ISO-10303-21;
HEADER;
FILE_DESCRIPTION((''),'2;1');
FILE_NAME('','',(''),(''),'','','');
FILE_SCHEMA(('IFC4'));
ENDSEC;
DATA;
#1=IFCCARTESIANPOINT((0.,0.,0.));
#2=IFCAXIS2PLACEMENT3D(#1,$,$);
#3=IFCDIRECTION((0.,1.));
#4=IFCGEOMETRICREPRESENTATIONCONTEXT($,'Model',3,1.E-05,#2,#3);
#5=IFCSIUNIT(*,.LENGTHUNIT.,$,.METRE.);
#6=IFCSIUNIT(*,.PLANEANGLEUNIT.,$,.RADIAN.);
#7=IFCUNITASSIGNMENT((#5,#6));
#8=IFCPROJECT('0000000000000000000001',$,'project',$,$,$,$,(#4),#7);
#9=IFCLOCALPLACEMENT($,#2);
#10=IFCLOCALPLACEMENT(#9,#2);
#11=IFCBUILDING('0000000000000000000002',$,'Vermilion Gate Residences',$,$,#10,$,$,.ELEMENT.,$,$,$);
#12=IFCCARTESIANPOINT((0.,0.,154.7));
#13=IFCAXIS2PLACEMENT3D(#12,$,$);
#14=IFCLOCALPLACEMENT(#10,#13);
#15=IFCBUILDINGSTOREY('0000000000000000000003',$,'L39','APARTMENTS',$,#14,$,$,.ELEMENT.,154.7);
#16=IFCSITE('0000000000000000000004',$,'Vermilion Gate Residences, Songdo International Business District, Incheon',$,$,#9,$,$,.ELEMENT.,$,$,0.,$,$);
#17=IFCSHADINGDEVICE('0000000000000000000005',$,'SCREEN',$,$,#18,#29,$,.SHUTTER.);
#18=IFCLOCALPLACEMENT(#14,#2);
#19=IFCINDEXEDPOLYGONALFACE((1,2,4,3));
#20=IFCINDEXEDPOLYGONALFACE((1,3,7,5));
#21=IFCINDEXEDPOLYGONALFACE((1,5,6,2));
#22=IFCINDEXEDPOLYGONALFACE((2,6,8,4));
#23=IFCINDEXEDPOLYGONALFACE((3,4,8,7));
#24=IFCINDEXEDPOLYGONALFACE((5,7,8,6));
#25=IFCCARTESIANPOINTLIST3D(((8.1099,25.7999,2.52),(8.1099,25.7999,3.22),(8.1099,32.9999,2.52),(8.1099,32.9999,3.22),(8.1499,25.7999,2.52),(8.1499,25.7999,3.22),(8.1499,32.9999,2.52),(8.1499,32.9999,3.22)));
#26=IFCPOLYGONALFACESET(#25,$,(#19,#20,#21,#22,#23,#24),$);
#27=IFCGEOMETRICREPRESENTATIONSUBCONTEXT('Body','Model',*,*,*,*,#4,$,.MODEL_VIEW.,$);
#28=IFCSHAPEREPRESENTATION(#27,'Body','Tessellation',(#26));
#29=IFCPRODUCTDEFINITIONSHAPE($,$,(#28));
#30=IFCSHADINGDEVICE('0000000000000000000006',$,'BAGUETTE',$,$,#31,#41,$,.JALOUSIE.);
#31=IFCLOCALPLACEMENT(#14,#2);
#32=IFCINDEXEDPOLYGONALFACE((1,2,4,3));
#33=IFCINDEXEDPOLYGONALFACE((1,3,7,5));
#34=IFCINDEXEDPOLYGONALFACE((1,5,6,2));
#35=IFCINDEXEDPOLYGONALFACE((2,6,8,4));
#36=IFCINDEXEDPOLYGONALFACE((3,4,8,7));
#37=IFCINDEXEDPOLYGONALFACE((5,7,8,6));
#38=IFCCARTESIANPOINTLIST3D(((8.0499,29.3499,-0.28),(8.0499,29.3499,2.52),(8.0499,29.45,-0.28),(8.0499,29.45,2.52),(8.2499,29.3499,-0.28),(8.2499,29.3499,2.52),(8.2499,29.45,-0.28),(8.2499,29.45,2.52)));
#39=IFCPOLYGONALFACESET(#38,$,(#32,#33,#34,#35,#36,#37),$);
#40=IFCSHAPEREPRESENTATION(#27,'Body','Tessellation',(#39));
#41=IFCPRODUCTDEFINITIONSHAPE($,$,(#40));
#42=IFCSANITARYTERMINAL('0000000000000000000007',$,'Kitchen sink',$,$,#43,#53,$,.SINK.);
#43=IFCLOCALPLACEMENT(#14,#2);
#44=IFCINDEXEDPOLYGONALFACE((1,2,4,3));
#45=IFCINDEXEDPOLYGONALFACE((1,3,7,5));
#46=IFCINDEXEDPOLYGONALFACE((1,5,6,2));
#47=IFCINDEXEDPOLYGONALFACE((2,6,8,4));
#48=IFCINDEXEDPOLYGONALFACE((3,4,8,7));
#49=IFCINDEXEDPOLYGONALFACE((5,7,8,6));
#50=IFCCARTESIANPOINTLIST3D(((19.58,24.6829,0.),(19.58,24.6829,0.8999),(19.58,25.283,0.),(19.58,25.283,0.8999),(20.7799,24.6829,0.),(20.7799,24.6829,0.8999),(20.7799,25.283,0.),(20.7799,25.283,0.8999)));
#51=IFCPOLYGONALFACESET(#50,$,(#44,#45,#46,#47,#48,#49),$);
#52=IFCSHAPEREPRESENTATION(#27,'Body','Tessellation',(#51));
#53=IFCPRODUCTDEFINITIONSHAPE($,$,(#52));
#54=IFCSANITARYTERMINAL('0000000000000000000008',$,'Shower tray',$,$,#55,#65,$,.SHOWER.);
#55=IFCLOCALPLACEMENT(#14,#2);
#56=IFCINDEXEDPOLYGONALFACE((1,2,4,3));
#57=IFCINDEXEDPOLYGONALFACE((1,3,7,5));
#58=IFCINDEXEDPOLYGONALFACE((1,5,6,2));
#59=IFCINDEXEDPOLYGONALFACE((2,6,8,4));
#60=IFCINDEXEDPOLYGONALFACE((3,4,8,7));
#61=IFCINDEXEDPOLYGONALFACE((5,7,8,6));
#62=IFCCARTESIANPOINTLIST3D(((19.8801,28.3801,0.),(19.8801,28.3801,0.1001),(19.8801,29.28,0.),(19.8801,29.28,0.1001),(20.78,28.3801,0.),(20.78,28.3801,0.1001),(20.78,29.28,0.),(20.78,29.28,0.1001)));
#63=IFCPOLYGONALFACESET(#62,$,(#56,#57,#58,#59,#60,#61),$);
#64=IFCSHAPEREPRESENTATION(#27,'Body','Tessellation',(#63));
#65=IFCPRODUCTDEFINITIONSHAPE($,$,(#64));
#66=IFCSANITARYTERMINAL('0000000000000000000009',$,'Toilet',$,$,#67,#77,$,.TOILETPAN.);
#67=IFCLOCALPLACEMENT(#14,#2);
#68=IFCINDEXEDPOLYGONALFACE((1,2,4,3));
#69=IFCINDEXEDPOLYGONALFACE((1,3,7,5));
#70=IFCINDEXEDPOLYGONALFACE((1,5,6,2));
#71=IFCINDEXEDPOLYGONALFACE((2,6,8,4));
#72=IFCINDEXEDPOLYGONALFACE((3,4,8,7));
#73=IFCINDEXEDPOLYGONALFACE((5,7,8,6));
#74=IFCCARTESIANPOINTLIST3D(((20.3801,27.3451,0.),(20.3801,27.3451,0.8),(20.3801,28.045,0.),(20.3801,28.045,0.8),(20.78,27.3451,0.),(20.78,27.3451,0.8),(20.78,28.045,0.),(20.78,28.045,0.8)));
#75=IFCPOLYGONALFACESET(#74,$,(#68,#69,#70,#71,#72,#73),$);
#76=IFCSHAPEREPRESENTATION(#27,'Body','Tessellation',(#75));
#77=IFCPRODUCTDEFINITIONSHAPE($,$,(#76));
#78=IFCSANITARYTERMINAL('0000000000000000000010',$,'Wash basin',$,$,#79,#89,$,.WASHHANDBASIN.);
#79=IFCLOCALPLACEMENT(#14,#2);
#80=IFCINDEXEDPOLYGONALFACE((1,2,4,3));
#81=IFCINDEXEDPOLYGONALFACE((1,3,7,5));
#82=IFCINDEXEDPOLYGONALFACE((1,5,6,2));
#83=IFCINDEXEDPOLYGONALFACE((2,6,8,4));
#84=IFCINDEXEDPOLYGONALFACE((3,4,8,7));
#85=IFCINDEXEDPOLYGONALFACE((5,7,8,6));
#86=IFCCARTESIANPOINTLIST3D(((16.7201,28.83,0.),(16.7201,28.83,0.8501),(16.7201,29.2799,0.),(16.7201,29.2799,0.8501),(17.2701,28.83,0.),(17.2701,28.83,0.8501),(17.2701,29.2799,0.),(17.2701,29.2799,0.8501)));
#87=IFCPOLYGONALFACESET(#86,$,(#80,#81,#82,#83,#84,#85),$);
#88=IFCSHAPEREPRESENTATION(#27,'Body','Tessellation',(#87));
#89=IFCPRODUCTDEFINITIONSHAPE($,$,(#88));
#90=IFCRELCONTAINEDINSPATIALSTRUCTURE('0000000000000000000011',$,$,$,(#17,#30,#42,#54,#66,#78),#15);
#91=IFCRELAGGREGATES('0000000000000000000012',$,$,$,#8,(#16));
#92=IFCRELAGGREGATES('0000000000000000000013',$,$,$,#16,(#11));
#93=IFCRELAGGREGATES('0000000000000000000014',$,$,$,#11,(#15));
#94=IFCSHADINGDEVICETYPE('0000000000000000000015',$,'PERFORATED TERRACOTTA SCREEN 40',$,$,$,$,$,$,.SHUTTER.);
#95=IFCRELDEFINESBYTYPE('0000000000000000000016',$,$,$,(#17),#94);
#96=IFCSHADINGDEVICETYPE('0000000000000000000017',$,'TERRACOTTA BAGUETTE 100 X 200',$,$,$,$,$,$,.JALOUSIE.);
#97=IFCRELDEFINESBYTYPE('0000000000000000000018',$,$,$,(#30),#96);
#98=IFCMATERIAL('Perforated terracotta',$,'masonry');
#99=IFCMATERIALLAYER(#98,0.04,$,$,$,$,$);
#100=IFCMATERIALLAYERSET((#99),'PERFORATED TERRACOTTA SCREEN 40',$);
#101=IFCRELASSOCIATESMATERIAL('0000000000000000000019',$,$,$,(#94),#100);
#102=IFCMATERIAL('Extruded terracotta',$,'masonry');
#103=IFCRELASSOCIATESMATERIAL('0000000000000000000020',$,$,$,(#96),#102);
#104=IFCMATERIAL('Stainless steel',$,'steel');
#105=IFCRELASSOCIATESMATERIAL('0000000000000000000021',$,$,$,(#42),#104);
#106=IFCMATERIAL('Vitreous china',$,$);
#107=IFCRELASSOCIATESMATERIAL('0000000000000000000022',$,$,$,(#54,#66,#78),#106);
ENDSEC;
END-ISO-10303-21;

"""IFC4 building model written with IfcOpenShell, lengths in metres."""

from ifc_helpers import new_model, si_unit, direction, frame, origin, origin_2d, place, context, subcontext, project, spatial, rectangle, extrude, material, layer, layer_set, material_profile, profile_set, type_object, element, save


model = new_model("IFC4")

# Units and contexts
model_context = context("Model", 3, precision=1e-05, world=origin(), true_north=direction((0.0, 1.0)))
body_context = subcontext(model_context, "Body", "Model", "MODEL_VIEW")
ifc_project = project(units=[si_unit("LENGTHUNIT", "METRE"), si_unit("PLANEANGLEUNIT", "RADIAN")], contexts=[model_context])

# Site, building, storey
site_placement = place(None, origin())
site = spatial("IfcSite", under=ifc_project, at=site_placement, Name="Vermilion Gate Residences, Songdo International Business District, Incheon", CompositionType="ELEMENT", RefElevation=0.0)
building_placement = place(site_placement, origin())
building = spatial("IfcBuilding", under=site, at=building_placement, Name="Vermilion Gate Residences", CompositionType="ELEMENT")
storey_placement = place(building_placement, frame((0.0, 0.0, 154.7)))
storey = spatial("IfcBuildingStorey", under=building, at=storey_placement, Name="L39", Description="APARTMENTS", CompositionType="ELEMENT", Elevation=154.7)

# Shading devices
ifc_material_1 = material(Name="Perforated terracotta", Category="masonry")
ifc_layer_1 = layer(ifc_material_1, 0.04)
ifc_layer_set_1 = layer_set([ifc_layer_1], Name="PERFORATED TERRACOTTA SCREEN 40")
shading_device_type_1 = type_object("IfcShadingDeviceType", Name="PERFORATED TERRACOTTA SCREEN 40", PredefinedType="SHUTTER", material=ifc_layer_set_1)
shading_device_1_placement = place(storey_placement, frame((8.1299, 29.3999, 2.52), z_axis=(0.0, 0.0, 1.0), x_axis=(0.0, -1.0, 0.0)))
element("IfcShadingDevice", 1, at=shading_device_1_placement, inside=storey, type_object=shading_device_type_1, Name="SCREEN", PredefinedType="SHUTTER", context=body_context, shape_type="SweptSolid", body=[
    extrude(rectangle(XDim=7.2, YDim=0.04, at=origin_2d()), origin(), (0.0, 0.0, 1.0), 0.7),
])
ifc_material_2 = material(Name="Extruded terracotta", Category="masonry")
ifc_material_profile_1 = material_profile(ifc_material_2, rectangle(XDim=0.2, YDim=0.1001, at=origin_2d()), Name="BAGUETTE 100 X 200")
ifc_profile_set_1 = profile_set([ifc_material_profile_1], Name="Extruded terracotta")
shading_device_type_2 = type_object("IfcShadingDeviceType", Name="TERRACOTTA BAGUETTE 100 X 200", PredefinedType="JALOUSIE", material=ifc_profile_set_1)
shading_device_2_placement = place(storey_placement, frame((8.1499, 29.3999, -0.28), z_axis=(0.0, 0.0, 1.0), x_axis=(1.0, 0.0, 0.0)))
element("IfcShadingDevice", 2, at=shading_device_2_placement, inside=storey, type_object=shading_device_type_2, Name="BAGUETTE", PredefinedType="JALOUSIE", context=body_context, shape_type="SweptSolid", body=[
    extrude(rectangle(XDim=0.2, YDim=0.1001, at=origin_2d()), origin(), (0.0, 0.0, 1.0), 2.8),
])

# Sanitary terminals
ifc_material_3 = material(Name="Stainless steel", Category="steel")
sanitary_terminal_1_placement = place(storey_placement, frame((20.1799, 24.9829, 0.0), z_axis=(0.0, 0.0, 1.0), x_axis=(1.0, 0.0, 0.0)))
element("IfcSanitaryTerminal", 3, at=sanitary_terminal_1_placement, inside=storey, material=ifc_material_3, Name="Kitchen sink", PredefinedType="SINK", context=body_context, shape_type="SweptSolid", body=[
    extrude(rectangle(XDim=1.2, YDim=0.6001, at=origin_2d()), origin(), (0.0, 0.0, 1.0), 0.8999),
])
ifc_material_4 = material(Name="Vitreous china")
sanitary_terminal_2_placement = place(storey_placement, frame((20.3301, 28.8301, 0.0), z_axis=(0.0, 0.0, 1.0), x_axis=(1.0, 0.0, 0.0)))
element("IfcSanitaryTerminal", 4, at=sanitary_terminal_2_placement, inside=storey, material=ifc_material_4, Name="Shower tray", PredefinedType="SHOWER", context=body_context, shape_type="SweptSolid", body=[
    extrude(rectangle(XDim=0.8999, YDim=0.8999, at=origin_2d()), origin(), (0.0, 0.0, 1.0), 0.1001),
])
sanitary_terminal_3_placement = place(storey_placement, frame((20.5801, 27.6951, 0.0), z_axis=(0.0, 0.0, 1.0), x_axis=(1.0, 0.0, 0.0)))
element("IfcSanitaryTerminal", 5, at=sanitary_terminal_3_placement, inside=storey, material=ifc_material_4, Name="Toilet", PredefinedType="TOILETPAN", context=body_context, shape_type="SweptSolid", body=[
    extrude(rectangle(XDim=0.3999, YDim=0.7, at=origin_2d()), origin(), (0.0, 0.0, 1.0), 0.8),
])
sanitary_terminal_4_placement = place(storey_placement, frame((16.9951, 29.0549, 0.0), z_axis=(0.0, 0.0, 1.0), x_axis=(1.0, 0.0, 0.0)))
element("IfcSanitaryTerminal", 6, at=sanitary_terminal_4_placement, inside=storey, material=ifc_material_4, Name="Wash basin", PredefinedType="WASHHANDBASIN", context=body_context, shape_type="SweptSolid", body=[
    extrude(rectangle(XDim=0.55, YDim=0.45, at=origin_2d()), origin(), (0.0, 0.0, 1.0), 0.8501),
])

save(model, "model.ifc")
